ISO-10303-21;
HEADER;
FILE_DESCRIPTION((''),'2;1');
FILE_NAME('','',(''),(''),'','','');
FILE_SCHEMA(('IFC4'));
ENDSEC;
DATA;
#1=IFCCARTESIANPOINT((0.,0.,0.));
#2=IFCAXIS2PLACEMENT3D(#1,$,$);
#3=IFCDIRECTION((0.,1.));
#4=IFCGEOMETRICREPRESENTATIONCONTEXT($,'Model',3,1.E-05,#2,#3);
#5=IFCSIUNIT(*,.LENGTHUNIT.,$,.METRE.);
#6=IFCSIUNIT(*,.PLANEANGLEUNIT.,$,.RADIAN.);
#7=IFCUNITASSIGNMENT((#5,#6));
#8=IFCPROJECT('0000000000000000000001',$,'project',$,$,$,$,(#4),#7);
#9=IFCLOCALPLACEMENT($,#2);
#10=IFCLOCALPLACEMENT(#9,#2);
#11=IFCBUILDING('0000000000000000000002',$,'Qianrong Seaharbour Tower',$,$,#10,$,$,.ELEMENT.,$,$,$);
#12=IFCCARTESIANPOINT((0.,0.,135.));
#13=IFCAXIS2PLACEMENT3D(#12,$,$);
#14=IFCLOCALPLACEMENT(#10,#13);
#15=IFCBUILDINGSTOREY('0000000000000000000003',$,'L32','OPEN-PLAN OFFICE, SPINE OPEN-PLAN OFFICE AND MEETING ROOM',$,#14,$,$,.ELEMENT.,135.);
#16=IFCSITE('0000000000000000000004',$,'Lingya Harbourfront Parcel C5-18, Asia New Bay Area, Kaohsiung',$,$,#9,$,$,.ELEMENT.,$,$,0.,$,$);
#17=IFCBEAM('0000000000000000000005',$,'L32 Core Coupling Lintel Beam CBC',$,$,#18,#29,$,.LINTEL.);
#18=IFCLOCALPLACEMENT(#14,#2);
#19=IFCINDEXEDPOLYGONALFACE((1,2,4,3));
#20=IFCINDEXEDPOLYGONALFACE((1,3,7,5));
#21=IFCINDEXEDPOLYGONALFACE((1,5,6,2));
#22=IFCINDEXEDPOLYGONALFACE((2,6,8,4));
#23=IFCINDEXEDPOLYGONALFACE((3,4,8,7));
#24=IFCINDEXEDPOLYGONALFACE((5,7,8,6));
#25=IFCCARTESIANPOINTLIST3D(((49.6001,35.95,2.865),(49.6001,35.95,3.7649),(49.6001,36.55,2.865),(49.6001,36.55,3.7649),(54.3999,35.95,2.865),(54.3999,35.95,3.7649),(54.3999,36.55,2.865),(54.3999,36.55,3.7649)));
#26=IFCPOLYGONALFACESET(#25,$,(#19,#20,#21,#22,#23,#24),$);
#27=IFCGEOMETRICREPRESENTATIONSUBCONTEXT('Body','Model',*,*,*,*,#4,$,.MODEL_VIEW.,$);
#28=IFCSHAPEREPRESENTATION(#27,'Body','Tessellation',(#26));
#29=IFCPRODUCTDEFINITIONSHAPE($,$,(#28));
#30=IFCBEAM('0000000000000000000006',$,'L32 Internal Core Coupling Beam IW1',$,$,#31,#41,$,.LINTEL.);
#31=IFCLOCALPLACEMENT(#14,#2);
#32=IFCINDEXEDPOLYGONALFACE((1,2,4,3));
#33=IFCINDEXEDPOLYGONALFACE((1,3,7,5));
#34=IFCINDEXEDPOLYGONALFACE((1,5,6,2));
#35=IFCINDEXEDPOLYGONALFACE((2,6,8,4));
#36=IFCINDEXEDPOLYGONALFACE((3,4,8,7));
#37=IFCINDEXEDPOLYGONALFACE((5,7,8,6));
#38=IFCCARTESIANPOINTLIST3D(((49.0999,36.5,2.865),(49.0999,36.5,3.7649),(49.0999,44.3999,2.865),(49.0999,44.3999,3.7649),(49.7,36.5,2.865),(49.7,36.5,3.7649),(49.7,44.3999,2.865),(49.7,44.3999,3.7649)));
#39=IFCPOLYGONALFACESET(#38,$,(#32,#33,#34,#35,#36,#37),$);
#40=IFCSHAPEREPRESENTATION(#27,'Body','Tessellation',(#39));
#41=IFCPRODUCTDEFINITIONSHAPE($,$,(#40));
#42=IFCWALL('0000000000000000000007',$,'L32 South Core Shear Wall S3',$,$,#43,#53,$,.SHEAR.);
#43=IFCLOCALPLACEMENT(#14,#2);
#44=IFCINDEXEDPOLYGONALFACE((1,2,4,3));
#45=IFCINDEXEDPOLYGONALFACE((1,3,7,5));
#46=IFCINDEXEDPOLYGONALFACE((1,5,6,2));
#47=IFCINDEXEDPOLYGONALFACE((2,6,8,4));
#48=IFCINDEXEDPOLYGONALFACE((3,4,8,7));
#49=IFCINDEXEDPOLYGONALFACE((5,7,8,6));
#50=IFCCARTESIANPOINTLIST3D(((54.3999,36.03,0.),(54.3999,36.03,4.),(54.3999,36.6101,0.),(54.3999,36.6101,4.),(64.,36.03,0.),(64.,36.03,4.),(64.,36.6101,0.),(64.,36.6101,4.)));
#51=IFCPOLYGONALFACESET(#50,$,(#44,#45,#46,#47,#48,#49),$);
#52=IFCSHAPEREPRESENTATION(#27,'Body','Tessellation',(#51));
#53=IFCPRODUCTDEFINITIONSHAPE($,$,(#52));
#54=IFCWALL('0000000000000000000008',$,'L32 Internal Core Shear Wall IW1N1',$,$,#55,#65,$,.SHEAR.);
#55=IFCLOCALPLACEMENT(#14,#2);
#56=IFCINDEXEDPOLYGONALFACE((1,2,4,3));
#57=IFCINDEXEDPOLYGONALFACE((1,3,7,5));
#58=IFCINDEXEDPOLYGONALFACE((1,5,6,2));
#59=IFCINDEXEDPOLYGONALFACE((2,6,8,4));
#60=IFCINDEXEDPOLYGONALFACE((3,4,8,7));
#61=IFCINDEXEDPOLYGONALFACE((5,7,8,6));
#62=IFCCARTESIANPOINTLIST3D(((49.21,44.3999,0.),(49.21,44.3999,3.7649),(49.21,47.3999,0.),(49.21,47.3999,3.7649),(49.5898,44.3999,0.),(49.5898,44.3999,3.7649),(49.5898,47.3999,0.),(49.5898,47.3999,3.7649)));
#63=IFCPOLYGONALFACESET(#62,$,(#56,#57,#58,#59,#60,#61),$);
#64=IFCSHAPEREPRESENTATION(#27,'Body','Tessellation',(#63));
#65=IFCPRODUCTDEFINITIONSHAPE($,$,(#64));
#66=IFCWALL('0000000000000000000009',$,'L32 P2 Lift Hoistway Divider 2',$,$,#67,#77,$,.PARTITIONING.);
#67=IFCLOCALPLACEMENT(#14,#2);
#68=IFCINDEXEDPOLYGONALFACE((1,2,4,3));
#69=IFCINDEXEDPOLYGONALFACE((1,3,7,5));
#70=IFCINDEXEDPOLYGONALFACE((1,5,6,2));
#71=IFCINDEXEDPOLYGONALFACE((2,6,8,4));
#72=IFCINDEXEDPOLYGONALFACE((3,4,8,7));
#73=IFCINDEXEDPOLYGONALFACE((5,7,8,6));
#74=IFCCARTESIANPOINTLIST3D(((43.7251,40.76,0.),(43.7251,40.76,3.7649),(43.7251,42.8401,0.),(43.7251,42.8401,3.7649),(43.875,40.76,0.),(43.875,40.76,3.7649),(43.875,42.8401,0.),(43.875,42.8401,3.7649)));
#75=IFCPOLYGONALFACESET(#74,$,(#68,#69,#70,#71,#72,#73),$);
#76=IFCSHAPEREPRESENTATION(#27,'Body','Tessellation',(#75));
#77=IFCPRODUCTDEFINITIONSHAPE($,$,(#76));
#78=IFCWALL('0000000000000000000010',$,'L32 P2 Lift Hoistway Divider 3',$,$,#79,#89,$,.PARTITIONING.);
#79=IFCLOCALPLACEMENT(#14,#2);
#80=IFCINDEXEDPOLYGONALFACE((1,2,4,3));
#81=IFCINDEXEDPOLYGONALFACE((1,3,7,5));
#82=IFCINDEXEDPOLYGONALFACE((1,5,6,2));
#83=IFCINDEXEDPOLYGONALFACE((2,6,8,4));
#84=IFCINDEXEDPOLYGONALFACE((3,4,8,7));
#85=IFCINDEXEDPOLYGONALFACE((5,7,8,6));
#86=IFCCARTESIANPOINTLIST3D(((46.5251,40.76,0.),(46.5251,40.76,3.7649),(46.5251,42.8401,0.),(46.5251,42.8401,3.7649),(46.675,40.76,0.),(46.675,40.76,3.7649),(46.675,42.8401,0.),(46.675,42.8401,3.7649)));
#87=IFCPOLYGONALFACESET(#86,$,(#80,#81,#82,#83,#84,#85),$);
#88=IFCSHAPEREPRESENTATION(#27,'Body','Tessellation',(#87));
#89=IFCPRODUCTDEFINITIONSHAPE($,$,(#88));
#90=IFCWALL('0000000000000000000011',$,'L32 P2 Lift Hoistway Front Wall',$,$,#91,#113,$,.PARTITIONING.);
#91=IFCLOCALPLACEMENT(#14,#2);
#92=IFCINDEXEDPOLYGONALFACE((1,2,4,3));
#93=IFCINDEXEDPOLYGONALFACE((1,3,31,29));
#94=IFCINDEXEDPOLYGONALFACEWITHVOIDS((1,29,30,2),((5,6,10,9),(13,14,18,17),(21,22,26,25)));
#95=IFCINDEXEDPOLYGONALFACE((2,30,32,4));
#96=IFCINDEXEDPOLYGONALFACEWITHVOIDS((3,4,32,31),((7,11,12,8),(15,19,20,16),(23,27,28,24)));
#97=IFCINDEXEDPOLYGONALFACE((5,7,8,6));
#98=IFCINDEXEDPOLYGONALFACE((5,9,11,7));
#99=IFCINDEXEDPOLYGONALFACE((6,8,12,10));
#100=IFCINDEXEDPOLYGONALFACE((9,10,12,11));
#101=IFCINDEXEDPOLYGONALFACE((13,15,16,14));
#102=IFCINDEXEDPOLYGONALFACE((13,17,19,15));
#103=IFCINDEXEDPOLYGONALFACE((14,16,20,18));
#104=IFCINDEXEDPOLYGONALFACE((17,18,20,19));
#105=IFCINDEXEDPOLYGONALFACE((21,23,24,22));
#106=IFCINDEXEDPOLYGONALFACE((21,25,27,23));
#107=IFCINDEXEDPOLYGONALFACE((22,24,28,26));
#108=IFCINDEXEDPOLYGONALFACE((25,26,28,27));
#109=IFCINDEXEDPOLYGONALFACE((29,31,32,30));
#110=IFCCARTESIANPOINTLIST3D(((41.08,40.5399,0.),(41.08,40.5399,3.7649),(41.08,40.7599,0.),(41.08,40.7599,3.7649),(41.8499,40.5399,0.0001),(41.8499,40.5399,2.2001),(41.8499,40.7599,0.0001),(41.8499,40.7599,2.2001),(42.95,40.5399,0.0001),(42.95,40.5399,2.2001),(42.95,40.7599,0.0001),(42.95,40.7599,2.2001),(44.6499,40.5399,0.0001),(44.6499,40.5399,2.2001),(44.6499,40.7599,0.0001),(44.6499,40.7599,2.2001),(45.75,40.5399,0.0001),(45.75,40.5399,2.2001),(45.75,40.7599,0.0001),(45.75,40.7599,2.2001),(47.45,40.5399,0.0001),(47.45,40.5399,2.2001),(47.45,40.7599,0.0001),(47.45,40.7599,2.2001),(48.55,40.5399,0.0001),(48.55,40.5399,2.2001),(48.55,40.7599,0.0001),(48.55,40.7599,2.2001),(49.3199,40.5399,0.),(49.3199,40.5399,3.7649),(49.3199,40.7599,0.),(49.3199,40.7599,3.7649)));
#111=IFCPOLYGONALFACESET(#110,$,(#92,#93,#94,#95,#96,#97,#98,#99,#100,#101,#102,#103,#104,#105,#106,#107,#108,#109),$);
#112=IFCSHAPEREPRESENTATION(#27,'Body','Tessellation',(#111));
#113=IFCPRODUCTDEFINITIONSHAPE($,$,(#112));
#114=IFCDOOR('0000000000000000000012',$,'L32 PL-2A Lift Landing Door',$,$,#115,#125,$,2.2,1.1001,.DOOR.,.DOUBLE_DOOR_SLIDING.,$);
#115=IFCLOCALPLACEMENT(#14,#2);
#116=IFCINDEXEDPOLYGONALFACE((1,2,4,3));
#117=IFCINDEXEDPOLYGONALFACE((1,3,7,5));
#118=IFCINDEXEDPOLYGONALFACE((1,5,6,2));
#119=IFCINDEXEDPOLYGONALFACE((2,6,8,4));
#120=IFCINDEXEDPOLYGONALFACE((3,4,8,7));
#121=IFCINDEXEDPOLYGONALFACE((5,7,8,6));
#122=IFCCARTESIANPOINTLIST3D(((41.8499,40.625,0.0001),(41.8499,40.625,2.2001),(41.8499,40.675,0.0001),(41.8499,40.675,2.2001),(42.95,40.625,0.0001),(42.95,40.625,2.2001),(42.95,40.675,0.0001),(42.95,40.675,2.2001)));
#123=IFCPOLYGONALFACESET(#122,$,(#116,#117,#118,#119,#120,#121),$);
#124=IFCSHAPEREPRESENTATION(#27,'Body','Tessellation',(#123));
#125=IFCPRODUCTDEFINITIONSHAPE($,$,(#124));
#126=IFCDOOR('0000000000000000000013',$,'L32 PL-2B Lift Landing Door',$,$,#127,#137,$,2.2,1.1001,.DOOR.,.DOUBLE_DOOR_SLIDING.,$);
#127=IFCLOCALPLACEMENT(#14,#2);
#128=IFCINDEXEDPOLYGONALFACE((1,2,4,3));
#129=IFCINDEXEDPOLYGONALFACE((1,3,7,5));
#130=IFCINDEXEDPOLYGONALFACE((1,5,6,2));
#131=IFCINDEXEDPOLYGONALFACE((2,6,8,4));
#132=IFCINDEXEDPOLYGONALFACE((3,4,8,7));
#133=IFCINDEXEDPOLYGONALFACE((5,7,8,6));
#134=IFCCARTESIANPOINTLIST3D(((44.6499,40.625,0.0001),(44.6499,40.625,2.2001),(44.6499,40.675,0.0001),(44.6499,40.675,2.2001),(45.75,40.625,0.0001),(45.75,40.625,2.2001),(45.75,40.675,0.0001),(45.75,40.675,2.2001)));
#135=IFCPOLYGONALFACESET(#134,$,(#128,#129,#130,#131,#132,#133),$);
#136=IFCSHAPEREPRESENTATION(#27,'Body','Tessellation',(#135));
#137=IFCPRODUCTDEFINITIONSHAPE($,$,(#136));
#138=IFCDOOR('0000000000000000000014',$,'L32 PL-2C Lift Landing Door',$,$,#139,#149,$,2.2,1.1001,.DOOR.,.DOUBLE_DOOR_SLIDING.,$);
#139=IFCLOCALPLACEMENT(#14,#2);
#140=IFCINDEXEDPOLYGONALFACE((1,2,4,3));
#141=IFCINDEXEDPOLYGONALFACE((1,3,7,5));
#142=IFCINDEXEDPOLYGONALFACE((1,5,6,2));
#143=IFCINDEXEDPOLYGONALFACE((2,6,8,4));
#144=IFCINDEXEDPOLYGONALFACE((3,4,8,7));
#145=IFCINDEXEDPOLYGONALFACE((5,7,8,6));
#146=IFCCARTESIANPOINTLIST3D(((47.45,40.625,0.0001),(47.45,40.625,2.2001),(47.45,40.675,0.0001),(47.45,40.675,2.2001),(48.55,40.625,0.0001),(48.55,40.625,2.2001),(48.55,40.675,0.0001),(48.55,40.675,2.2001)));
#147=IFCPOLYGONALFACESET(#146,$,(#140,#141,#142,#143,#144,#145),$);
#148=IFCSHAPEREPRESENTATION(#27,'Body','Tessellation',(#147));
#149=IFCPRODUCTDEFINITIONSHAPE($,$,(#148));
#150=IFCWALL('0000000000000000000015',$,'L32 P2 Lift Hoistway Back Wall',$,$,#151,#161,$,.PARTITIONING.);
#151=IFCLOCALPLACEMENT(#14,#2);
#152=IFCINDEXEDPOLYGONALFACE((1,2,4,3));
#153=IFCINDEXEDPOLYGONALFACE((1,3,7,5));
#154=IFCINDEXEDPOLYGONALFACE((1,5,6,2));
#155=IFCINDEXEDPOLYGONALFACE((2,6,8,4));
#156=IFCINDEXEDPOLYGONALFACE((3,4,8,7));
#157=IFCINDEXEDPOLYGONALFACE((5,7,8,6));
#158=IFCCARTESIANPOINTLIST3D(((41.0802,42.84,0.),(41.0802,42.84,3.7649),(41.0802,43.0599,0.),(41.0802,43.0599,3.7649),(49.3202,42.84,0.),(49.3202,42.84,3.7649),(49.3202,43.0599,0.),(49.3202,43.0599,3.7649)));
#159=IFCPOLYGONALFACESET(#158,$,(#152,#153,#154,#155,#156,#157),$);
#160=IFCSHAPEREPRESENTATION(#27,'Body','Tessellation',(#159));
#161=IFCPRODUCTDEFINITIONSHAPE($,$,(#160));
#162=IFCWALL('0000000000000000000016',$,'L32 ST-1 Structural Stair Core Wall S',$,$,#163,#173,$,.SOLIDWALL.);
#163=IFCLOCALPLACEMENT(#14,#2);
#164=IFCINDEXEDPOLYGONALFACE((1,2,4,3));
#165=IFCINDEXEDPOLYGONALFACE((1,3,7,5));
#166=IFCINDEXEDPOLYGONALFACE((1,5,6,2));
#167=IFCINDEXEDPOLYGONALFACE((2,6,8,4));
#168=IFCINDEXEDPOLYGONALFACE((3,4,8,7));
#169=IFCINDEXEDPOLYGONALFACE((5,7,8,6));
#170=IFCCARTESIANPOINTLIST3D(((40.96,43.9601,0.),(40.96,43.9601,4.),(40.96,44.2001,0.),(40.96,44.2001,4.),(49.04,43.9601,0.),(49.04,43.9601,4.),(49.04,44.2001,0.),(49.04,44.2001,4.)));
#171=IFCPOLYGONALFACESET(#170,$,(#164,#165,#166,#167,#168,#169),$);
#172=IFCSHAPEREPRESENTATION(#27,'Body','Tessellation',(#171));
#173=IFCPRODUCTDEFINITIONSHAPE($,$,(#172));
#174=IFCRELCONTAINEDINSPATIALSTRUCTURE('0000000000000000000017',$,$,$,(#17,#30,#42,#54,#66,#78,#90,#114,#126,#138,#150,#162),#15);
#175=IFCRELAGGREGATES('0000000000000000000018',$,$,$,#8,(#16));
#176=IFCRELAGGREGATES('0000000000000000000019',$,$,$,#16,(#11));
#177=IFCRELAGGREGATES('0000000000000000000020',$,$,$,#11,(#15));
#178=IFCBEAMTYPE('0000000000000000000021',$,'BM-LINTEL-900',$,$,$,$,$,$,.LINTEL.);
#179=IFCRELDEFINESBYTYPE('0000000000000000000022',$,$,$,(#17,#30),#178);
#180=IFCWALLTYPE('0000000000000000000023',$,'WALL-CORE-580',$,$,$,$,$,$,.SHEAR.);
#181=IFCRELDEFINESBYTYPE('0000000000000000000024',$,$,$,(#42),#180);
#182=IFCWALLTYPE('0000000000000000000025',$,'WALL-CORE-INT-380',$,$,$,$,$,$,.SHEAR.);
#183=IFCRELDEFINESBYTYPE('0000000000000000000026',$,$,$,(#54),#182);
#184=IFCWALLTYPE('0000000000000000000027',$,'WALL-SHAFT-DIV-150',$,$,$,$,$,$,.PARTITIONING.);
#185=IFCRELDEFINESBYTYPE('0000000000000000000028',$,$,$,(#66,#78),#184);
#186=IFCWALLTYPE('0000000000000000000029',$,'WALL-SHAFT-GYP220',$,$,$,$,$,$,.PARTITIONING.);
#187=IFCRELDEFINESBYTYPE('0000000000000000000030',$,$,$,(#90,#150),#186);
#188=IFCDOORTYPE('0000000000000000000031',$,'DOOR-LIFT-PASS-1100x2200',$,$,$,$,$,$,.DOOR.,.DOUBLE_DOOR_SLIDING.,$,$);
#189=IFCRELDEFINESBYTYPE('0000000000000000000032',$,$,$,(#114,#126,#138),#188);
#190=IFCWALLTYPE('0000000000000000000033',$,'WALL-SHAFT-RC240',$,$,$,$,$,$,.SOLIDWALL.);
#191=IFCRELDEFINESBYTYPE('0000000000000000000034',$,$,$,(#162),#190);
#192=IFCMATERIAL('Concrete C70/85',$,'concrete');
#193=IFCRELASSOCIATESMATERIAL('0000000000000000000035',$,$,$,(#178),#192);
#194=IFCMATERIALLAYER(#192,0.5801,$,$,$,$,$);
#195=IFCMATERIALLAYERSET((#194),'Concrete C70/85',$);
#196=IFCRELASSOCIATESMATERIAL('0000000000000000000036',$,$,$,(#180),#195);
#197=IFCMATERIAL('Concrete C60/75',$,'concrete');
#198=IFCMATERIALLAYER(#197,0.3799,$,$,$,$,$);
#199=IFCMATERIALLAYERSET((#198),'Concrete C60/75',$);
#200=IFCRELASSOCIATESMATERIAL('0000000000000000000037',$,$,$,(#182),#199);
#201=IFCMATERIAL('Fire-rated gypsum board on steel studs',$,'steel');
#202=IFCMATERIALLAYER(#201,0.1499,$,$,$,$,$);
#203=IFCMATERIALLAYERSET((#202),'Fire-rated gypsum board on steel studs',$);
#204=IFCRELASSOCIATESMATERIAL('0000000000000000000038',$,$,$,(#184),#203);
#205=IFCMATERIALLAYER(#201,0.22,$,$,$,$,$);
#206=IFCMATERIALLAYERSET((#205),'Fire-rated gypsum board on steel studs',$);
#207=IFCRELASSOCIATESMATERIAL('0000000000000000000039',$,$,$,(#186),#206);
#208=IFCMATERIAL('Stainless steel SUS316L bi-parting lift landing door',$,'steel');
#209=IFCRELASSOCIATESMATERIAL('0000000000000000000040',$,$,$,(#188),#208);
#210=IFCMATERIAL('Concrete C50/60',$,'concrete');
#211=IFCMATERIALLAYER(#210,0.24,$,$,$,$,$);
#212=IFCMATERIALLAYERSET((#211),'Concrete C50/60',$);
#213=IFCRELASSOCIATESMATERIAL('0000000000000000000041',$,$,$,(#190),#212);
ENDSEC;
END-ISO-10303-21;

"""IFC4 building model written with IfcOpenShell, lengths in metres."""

from ifc_helpers import new_model, si_unit, direction, frame, frame_2d, origin, origin_2d, place, context, subcontext, project, spatial, rectangle, extrude, material, layer, layer_set, material_profile, profile_set, type_object, element, fill, save


model = new_model("IFC4")

# Units and contexts
model_context = context("Model", 3, precision=1e-05, world=origin(), true_north=direction((0.0, 1.0)))
body_context = subcontext(model_context, "Body", "Model", "MODEL_VIEW")
ifc_project = project(units=[si_unit("LENGTHUNIT", "METRE"), si_unit("PLANEANGLEUNIT", "RADIAN")], contexts=[model_context])

# Site, building, storey
site_placement = place(None, origin())
site = spatial("IfcSite", under=ifc_project, at=site_placement, Name="Lingya Harbourfront Parcel C5-18, Asia New Bay Area, Kaohsiung", CompositionType="ELEMENT", RefElevation=0.0)
building_placement = place(site_placement, origin())
building = spatial("IfcBuilding", under=site, at=building_placement, Name="Qianrong Seaharbour Tower", CompositionType="ELEMENT")
storey_placement = place(building_placement, frame((0.0, 0.0, 135.0)))
storey = spatial("IfcBuildingStorey", under=building, at=storey_placement, Name="L32", Description="OPEN-PLAN OFFICE, SPINE OPEN-PLAN OFFICE AND MEETING ROOM", CompositionType="ELEMENT", Elevation=135.0)

# Beams
ifc_material_1 = material(Name="Concrete C70/85", Category="concrete")
ifc_material_profile = material_profile(ifc_material_1, rectangle(XDim=0.6001, YDim=0.8999, at=origin_2d()), Name="RC600x900")
ifc_profile_set = profile_set([ifc_material_profile], Name="Concrete C70/85")
beam_type = type_object("IfcBeamType", Name="BM-LINTEL-900", PredefinedType="LINTEL", material=ifc_profile_set)
beam_1_placement = place(storey_placement, frame((49.6001, 36.25, 3.3149), z_axis=(1.0, 0.0, 0.0), x_axis=(0.0, 1.0, 0.0)))
element("IfcBeam", 1, at=beam_1_placement, inside=storey, type_object=beam_type, Name="L32 Core Coupling Lintel Beam CBC", PredefinedType="LINTEL", context=body_context, shape_type="SweptSolid", body=[
    extrude(rectangle(XDim=0.6001, YDim=0.8999, at=origin_2d()), origin(), (0.0, 0.0, 1.0), 4.7998),
])
beam_2_placement = place(storey_placement, frame((49.3999, 36.5, 3.3149), z_axis=(0.0, 1.0, 0.0), x_axis=(-1.0, 0.0, 0.0)))
element("IfcBeam", 2, at=beam_2_placement, inside=storey, type_object=beam_type, Name="L32 Internal Core Coupling Beam IW1", PredefinedType="LINTEL", context=body_context, shape_type="SweptSolid", body=[
    extrude(rectangle(XDim=0.6001, YDim=0.8999, at=origin_2d()), origin(), (0.0, 0.0, 1.0), 7.8999),
])

# Walls
ifc_layer_1 = layer(ifc_material_1, 0.5801)
ifc_layer_set_1 = layer_set([ifc_layer_1], Name="Concrete C70/85")
wall_type_1 = type_object("IfcWallType", Name="WALL-CORE-580", PredefinedType="SHEAR", material=ifc_layer_set_1)
wall_1_placement = place(storey_placement, frame((54.3999, 36.3201, 0.0), z_axis=(0.0, 0.0, 1.0), x_axis=(1.0, 0.0, 0.0)))
element("IfcWall", 3, at=wall_1_placement, inside=storey, type_object=wall_type_1, Name="L32 South Core Shear Wall S3", PredefinedType="SHEAR", context=body_context, shape_type="SweptSolid", body=[
    extrude(rectangle(XDim=9.6001, YDim=0.5801, at=frame_2d((4.8, 0.0))), origin(), (0.0, 0.0, 1.0), 4.0),
])
ifc_material_2 = material(Name="Concrete C60/75", Category="concrete")
ifc_layer_2 = layer(ifc_material_2, 0.3799)
ifc_layer_set_2 = layer_set([ifc_layer_2], Name="Concrete C60/75")
wall_type_2 = type_object("IfcWallType", Name="WALL-CORE-INT-380", PredefinedType="SHEAR", material=ifc_layer_set_2)
wall_2_placement = place(storey_placement, frame((49.3999, 44.3999, 0.0), z_axis=(0.0, 0.0, 1.0), x_axis=(0.0, 1.0, 0.0)))
element("IfcWall", 4, at=wall_2_placement, inside=storey, type_object=wall_type_2, Name="L32 Internal Core Shear Wall IW1N1", PredefinedType="SHEAR", context=body_context, shape_type="SweptSolid", body=[
    extrude(rectangle(XDim=3.0, YDim=0.3799, at=frame_2d((1.5, 0.0))), origin(), (0.0, 0.0, 1.0), 3.7649),
])

# Walls
ifc_material_3 = material(Name="Fire-rated gypsum board on steel studs", Category="steel")
ifc_layer_3 = layer(ifc_material_3, 0.1499)
ifc_layer_set_3 = layer_set([ifc_layer_3], Name="Fire-rated gypsum board on steel studs")
wall_type_3 = type_object("IfcWallType", Name="WALL-SHAFT-DIV-150", PredefinedType="PARTITIONING", material=ifc_layer_set_3)
for number, where, z_axis, x_axis, name in (
    (5, (43.8, 40.76, 0.0), (0.0, 0.0, 1.0), (0.0, 1.0, 0.0), "L32 P2 Lift Hoistway Divider 2"),
    (6, (46.6001, 40.76, 0.0), (0.0, 0.0, 1.0), (0.0, 1.0, 0.0), "L32 P2 Lift Hoistway Divider 3"),
):
    element("IfcWall", number, at=place(storey_placement, frame(where, z_axis=z_axis, x_axis=x_axis)), inside=storey, type_object=wall_type_3, Name=name, PredefinedType="PARTITIONING", context=body_context, shape_type="SweptSolid", body=[
        extrude(rectangle(XDim=2.0801, YDim=0.1499, at=frame_2d((1.04, 0.0))), origin(), (0.0, 0.0, 1.0), 3.7649),
    ])

# Wall, openings, doors
ifc_layer_4 = layer(ifc_material_3, 0.22)
ifc_layer_set_4 = layer_set([ifc_layer_4], Name="Fire-rated gypsum board on steel studs")
wall_type_4 = type_object("IfcWallType", Name="WALL-SHAFT-GYP220", PredefinedType="PARTITIONING", material=ifc_layer_set_4)
wall_3_placement = place(storey_placement, frame((49.3201, 40.6499, 0.0), z_axis=(0.0, 0.0, 1.0), x_axis=(-1.0, 0.0, 0.0)))
wall_3 = element("IfcWall", 7, at=wall_3_placement, inside=storey, type_object=wall_type_4, Name="L32 P2 Lift Hoistway Front Wall", PredefinedType="PARTITIONING", context=body_context, shape_type="SweptSolid", body=[
    extrude(rectangle(XDim=8.24, YDim=0.22, at=frame_2d((4.1201, 0.0))), origin(), (0.0, 0.0, 1.0), 3.7649),
])
opening_1_placement = place(wall_3_placement, frame((6.3701, 0.0, 0.0)))
opening_1 = element("IfcOpeningElement", 8, at=opening_1_placement, cuts=wall_3, PredefinedType="OPENING", context=body_context, shape_type="SweptSolid", body=[
    extrude(rectangle(XDim=1.1001, YDim=2.2, at=frame_2d((0.55, 1.1001))), frame((0.0, 0.1201, 0.0), z_axis=(0.0, -1.0, 0.0), x_axis=(1.0, 0.0, 0.0)), (0.0, 0.0, 1.0), 0.24),
])
opening_2_placement = place(wall_3_placement, frame((3.5701, 0.0, 0.0)))
opening_2 = element("IfcOpeningElement", 9, at=opening_2_placement, cuts=wall_3, PredefinedType="OPENING", context=body_context, shape_type="SweptSolid", body=[
    extrude(rectangle(XDim=1.1001, YDim=2.2, at=frame_2d((0.55, 1.1001))), frame((0.0, 0.1201, 0.0), z_axis=(0.0, -1.0, 0.0), x_axis=(1.0, 0.0, 0.0)), (0.0, 0.0, 1.0), 0.24),
])
opening_3_placement = place(wall_3_placement, frame((0.77, 0.0, 0.0)))
opening_3 = element("IfcOpeningElement", 10, at=opening_3_placement, cuts=wall_3, PredefinedType="OPENING", context=body_context, shape_type="SweptSolid", body=[
    extrude(rectangle(XDim=1.1001, YDim=2.2, at=frame_2d((0.55, 1.1001))), frame((0.0, 0.1201, 0.0), z_axis=(0.0, -1.0, 0.0), x_axis=(1.0, 0.0, 0.0)), (0.0, 0.0, 1.0), 0.24),
])
ifc_material_4 = material(Name="Stainless steel SUS316L bi-parting lift landing door", Category="steel")
door_type_1 = type_object("IfcDoorType", Name="DOOR-LIFT-PASS-1100x2200", OperationType="DOUBLE_DOOR_SLIDING", PredefinedType="DOOR", material=ifc_material_4)
door_1_placement = place(opening_1_placement, origin())
door_1 = element("IfcDoor", 11, at=door_1_placement, inside=storey, type_object=door_type_1, Name="L32 PL-2A Lift Landing Door", OperationType="DOUBLE_DOOR_SLIDING", OverallHeight=2.2, OverallWidth=1.1001, PredefinedType="DOOR", context=body_context, shape_type="SweptSolid", body=[
    extrude(rectangle(XDim=1.1001, YDim=2.2, at=frame_2d((0.55, 1.1001))), frame((0.0, 0.0249, 0.0), z_axis=(0.0, -1.0, 0.0), x_axis=(1.0, 0.0, 0.0)), (0.0, 0.0, 1.0), 0.05),
])
fill(opening_1, door_1)
door_2_placement = place(opening_2_placement, origin())
door_2 = element("IfcDoor", 12, at=door_2_placement, inside=storey, type_object=door_type_1, Name="L32 PL-2B Lift Landing Door", OperationType="DOUBLE_DOOR_SLIDING", OverallHeight=2.2, OverallWidth=1.1001, PredefinedType="DOOR", context=body_context, shape_type="SweptSolid", body=[
    extrude(rectangle(XDim=1.1001, YDim=2.2, at=frame_2d((0.55, 1.1001))), frame((0.0, 0.0249, 0.0), z_axis=(0.0, -1.0, 0.0), x_axis=(1.0, 0.0, 0.0)), (0.0, 0.0, 1.0), 0.05),
])
fill(opening_2, door_2)
door_3_placement = place(opening_3_placement, origin())
door_3 = element("IfcDoor", 13, at=door_3_placement, inside=storey, type_object=door_type_1, Name="L32 PL-2C Lift Landing Door", OperationType="DOUBLE_DOOR_SLIDING", OverallHeight=2.2, OverallWidth=1.1001, PredefinedType="DOOR", context=body_context, shape_type="SweptSolid", body=[
    extrude(rectangle(XDim=1.1001, YDim=2.2, at=frame_2d((0.55, 1.1001))), frame((0.0, 0.0249, 0.0), z_axis=(0.0, -1.0, 0.0), x_axis=(1.0, 0.0, 0.0)), (0.0, 0.0, 1.0), 0.05),
])
fill(opening_3, door_3)

# Walls
wall_4_placement = place(storey_placement, frame((41.0801, 42.95, 0.0), z_axis=(0.0, 0.0, 1.0), x_axis=(1.0, 0.0, 0.0)))
element("IfcWall", 14, at=wall_4_placement, inside=storey, type_object=wall_type_4, Name="L32 P2 Lift Hoistway Back Wall", PredefinedType="PARTITIONING", context=body_context, shape_type="SweptSolid", body=[
    extrude(rectangle(XDim=8.24, YDim=0.22, at=frame_2d((4.1201, 0.0))), origin(), (0.0, 0.0, 1.0), 3.7649),
])
ifc_material_5 = material(Name="Concrete C50/60", Category="concrete")
ifc_layer_5 = layer(ifc_material_5, 0.24)
ifc_layer_set_5 = layer_set([ifc_layer_5], Name="Concrete C50/60")
wall_type_5 = type_object("IfcWallType", Name="WALL-SHAFT-RC240", PredefinedType="SOLIDWALL", material=ifc_layer_set_5)
wall_5_placement = place(storey_placement, frame((49.04, 44.0801, 0.0), z_axis=(0.0, 0.0, 1.0), x_axis=(-1.0, 0.0, 0.0)))
element("IfcWall", 15, at=wall_5_placement, inside=storey, type_object=wall_type_5, Name="L32 ST-1 Structural Stair Core Wall S", PredefinedType="SOLIDWALL", context=body_context, shape_type="SweptSolid", body=[
    extrude(rectangle(XDim=8.0801, YDim=0.24, at=frame_2d((4.04, 0.0))), origin(), (0.0, 0.0, 1.0), 4.0),
])

save(model, "model.ifc")
